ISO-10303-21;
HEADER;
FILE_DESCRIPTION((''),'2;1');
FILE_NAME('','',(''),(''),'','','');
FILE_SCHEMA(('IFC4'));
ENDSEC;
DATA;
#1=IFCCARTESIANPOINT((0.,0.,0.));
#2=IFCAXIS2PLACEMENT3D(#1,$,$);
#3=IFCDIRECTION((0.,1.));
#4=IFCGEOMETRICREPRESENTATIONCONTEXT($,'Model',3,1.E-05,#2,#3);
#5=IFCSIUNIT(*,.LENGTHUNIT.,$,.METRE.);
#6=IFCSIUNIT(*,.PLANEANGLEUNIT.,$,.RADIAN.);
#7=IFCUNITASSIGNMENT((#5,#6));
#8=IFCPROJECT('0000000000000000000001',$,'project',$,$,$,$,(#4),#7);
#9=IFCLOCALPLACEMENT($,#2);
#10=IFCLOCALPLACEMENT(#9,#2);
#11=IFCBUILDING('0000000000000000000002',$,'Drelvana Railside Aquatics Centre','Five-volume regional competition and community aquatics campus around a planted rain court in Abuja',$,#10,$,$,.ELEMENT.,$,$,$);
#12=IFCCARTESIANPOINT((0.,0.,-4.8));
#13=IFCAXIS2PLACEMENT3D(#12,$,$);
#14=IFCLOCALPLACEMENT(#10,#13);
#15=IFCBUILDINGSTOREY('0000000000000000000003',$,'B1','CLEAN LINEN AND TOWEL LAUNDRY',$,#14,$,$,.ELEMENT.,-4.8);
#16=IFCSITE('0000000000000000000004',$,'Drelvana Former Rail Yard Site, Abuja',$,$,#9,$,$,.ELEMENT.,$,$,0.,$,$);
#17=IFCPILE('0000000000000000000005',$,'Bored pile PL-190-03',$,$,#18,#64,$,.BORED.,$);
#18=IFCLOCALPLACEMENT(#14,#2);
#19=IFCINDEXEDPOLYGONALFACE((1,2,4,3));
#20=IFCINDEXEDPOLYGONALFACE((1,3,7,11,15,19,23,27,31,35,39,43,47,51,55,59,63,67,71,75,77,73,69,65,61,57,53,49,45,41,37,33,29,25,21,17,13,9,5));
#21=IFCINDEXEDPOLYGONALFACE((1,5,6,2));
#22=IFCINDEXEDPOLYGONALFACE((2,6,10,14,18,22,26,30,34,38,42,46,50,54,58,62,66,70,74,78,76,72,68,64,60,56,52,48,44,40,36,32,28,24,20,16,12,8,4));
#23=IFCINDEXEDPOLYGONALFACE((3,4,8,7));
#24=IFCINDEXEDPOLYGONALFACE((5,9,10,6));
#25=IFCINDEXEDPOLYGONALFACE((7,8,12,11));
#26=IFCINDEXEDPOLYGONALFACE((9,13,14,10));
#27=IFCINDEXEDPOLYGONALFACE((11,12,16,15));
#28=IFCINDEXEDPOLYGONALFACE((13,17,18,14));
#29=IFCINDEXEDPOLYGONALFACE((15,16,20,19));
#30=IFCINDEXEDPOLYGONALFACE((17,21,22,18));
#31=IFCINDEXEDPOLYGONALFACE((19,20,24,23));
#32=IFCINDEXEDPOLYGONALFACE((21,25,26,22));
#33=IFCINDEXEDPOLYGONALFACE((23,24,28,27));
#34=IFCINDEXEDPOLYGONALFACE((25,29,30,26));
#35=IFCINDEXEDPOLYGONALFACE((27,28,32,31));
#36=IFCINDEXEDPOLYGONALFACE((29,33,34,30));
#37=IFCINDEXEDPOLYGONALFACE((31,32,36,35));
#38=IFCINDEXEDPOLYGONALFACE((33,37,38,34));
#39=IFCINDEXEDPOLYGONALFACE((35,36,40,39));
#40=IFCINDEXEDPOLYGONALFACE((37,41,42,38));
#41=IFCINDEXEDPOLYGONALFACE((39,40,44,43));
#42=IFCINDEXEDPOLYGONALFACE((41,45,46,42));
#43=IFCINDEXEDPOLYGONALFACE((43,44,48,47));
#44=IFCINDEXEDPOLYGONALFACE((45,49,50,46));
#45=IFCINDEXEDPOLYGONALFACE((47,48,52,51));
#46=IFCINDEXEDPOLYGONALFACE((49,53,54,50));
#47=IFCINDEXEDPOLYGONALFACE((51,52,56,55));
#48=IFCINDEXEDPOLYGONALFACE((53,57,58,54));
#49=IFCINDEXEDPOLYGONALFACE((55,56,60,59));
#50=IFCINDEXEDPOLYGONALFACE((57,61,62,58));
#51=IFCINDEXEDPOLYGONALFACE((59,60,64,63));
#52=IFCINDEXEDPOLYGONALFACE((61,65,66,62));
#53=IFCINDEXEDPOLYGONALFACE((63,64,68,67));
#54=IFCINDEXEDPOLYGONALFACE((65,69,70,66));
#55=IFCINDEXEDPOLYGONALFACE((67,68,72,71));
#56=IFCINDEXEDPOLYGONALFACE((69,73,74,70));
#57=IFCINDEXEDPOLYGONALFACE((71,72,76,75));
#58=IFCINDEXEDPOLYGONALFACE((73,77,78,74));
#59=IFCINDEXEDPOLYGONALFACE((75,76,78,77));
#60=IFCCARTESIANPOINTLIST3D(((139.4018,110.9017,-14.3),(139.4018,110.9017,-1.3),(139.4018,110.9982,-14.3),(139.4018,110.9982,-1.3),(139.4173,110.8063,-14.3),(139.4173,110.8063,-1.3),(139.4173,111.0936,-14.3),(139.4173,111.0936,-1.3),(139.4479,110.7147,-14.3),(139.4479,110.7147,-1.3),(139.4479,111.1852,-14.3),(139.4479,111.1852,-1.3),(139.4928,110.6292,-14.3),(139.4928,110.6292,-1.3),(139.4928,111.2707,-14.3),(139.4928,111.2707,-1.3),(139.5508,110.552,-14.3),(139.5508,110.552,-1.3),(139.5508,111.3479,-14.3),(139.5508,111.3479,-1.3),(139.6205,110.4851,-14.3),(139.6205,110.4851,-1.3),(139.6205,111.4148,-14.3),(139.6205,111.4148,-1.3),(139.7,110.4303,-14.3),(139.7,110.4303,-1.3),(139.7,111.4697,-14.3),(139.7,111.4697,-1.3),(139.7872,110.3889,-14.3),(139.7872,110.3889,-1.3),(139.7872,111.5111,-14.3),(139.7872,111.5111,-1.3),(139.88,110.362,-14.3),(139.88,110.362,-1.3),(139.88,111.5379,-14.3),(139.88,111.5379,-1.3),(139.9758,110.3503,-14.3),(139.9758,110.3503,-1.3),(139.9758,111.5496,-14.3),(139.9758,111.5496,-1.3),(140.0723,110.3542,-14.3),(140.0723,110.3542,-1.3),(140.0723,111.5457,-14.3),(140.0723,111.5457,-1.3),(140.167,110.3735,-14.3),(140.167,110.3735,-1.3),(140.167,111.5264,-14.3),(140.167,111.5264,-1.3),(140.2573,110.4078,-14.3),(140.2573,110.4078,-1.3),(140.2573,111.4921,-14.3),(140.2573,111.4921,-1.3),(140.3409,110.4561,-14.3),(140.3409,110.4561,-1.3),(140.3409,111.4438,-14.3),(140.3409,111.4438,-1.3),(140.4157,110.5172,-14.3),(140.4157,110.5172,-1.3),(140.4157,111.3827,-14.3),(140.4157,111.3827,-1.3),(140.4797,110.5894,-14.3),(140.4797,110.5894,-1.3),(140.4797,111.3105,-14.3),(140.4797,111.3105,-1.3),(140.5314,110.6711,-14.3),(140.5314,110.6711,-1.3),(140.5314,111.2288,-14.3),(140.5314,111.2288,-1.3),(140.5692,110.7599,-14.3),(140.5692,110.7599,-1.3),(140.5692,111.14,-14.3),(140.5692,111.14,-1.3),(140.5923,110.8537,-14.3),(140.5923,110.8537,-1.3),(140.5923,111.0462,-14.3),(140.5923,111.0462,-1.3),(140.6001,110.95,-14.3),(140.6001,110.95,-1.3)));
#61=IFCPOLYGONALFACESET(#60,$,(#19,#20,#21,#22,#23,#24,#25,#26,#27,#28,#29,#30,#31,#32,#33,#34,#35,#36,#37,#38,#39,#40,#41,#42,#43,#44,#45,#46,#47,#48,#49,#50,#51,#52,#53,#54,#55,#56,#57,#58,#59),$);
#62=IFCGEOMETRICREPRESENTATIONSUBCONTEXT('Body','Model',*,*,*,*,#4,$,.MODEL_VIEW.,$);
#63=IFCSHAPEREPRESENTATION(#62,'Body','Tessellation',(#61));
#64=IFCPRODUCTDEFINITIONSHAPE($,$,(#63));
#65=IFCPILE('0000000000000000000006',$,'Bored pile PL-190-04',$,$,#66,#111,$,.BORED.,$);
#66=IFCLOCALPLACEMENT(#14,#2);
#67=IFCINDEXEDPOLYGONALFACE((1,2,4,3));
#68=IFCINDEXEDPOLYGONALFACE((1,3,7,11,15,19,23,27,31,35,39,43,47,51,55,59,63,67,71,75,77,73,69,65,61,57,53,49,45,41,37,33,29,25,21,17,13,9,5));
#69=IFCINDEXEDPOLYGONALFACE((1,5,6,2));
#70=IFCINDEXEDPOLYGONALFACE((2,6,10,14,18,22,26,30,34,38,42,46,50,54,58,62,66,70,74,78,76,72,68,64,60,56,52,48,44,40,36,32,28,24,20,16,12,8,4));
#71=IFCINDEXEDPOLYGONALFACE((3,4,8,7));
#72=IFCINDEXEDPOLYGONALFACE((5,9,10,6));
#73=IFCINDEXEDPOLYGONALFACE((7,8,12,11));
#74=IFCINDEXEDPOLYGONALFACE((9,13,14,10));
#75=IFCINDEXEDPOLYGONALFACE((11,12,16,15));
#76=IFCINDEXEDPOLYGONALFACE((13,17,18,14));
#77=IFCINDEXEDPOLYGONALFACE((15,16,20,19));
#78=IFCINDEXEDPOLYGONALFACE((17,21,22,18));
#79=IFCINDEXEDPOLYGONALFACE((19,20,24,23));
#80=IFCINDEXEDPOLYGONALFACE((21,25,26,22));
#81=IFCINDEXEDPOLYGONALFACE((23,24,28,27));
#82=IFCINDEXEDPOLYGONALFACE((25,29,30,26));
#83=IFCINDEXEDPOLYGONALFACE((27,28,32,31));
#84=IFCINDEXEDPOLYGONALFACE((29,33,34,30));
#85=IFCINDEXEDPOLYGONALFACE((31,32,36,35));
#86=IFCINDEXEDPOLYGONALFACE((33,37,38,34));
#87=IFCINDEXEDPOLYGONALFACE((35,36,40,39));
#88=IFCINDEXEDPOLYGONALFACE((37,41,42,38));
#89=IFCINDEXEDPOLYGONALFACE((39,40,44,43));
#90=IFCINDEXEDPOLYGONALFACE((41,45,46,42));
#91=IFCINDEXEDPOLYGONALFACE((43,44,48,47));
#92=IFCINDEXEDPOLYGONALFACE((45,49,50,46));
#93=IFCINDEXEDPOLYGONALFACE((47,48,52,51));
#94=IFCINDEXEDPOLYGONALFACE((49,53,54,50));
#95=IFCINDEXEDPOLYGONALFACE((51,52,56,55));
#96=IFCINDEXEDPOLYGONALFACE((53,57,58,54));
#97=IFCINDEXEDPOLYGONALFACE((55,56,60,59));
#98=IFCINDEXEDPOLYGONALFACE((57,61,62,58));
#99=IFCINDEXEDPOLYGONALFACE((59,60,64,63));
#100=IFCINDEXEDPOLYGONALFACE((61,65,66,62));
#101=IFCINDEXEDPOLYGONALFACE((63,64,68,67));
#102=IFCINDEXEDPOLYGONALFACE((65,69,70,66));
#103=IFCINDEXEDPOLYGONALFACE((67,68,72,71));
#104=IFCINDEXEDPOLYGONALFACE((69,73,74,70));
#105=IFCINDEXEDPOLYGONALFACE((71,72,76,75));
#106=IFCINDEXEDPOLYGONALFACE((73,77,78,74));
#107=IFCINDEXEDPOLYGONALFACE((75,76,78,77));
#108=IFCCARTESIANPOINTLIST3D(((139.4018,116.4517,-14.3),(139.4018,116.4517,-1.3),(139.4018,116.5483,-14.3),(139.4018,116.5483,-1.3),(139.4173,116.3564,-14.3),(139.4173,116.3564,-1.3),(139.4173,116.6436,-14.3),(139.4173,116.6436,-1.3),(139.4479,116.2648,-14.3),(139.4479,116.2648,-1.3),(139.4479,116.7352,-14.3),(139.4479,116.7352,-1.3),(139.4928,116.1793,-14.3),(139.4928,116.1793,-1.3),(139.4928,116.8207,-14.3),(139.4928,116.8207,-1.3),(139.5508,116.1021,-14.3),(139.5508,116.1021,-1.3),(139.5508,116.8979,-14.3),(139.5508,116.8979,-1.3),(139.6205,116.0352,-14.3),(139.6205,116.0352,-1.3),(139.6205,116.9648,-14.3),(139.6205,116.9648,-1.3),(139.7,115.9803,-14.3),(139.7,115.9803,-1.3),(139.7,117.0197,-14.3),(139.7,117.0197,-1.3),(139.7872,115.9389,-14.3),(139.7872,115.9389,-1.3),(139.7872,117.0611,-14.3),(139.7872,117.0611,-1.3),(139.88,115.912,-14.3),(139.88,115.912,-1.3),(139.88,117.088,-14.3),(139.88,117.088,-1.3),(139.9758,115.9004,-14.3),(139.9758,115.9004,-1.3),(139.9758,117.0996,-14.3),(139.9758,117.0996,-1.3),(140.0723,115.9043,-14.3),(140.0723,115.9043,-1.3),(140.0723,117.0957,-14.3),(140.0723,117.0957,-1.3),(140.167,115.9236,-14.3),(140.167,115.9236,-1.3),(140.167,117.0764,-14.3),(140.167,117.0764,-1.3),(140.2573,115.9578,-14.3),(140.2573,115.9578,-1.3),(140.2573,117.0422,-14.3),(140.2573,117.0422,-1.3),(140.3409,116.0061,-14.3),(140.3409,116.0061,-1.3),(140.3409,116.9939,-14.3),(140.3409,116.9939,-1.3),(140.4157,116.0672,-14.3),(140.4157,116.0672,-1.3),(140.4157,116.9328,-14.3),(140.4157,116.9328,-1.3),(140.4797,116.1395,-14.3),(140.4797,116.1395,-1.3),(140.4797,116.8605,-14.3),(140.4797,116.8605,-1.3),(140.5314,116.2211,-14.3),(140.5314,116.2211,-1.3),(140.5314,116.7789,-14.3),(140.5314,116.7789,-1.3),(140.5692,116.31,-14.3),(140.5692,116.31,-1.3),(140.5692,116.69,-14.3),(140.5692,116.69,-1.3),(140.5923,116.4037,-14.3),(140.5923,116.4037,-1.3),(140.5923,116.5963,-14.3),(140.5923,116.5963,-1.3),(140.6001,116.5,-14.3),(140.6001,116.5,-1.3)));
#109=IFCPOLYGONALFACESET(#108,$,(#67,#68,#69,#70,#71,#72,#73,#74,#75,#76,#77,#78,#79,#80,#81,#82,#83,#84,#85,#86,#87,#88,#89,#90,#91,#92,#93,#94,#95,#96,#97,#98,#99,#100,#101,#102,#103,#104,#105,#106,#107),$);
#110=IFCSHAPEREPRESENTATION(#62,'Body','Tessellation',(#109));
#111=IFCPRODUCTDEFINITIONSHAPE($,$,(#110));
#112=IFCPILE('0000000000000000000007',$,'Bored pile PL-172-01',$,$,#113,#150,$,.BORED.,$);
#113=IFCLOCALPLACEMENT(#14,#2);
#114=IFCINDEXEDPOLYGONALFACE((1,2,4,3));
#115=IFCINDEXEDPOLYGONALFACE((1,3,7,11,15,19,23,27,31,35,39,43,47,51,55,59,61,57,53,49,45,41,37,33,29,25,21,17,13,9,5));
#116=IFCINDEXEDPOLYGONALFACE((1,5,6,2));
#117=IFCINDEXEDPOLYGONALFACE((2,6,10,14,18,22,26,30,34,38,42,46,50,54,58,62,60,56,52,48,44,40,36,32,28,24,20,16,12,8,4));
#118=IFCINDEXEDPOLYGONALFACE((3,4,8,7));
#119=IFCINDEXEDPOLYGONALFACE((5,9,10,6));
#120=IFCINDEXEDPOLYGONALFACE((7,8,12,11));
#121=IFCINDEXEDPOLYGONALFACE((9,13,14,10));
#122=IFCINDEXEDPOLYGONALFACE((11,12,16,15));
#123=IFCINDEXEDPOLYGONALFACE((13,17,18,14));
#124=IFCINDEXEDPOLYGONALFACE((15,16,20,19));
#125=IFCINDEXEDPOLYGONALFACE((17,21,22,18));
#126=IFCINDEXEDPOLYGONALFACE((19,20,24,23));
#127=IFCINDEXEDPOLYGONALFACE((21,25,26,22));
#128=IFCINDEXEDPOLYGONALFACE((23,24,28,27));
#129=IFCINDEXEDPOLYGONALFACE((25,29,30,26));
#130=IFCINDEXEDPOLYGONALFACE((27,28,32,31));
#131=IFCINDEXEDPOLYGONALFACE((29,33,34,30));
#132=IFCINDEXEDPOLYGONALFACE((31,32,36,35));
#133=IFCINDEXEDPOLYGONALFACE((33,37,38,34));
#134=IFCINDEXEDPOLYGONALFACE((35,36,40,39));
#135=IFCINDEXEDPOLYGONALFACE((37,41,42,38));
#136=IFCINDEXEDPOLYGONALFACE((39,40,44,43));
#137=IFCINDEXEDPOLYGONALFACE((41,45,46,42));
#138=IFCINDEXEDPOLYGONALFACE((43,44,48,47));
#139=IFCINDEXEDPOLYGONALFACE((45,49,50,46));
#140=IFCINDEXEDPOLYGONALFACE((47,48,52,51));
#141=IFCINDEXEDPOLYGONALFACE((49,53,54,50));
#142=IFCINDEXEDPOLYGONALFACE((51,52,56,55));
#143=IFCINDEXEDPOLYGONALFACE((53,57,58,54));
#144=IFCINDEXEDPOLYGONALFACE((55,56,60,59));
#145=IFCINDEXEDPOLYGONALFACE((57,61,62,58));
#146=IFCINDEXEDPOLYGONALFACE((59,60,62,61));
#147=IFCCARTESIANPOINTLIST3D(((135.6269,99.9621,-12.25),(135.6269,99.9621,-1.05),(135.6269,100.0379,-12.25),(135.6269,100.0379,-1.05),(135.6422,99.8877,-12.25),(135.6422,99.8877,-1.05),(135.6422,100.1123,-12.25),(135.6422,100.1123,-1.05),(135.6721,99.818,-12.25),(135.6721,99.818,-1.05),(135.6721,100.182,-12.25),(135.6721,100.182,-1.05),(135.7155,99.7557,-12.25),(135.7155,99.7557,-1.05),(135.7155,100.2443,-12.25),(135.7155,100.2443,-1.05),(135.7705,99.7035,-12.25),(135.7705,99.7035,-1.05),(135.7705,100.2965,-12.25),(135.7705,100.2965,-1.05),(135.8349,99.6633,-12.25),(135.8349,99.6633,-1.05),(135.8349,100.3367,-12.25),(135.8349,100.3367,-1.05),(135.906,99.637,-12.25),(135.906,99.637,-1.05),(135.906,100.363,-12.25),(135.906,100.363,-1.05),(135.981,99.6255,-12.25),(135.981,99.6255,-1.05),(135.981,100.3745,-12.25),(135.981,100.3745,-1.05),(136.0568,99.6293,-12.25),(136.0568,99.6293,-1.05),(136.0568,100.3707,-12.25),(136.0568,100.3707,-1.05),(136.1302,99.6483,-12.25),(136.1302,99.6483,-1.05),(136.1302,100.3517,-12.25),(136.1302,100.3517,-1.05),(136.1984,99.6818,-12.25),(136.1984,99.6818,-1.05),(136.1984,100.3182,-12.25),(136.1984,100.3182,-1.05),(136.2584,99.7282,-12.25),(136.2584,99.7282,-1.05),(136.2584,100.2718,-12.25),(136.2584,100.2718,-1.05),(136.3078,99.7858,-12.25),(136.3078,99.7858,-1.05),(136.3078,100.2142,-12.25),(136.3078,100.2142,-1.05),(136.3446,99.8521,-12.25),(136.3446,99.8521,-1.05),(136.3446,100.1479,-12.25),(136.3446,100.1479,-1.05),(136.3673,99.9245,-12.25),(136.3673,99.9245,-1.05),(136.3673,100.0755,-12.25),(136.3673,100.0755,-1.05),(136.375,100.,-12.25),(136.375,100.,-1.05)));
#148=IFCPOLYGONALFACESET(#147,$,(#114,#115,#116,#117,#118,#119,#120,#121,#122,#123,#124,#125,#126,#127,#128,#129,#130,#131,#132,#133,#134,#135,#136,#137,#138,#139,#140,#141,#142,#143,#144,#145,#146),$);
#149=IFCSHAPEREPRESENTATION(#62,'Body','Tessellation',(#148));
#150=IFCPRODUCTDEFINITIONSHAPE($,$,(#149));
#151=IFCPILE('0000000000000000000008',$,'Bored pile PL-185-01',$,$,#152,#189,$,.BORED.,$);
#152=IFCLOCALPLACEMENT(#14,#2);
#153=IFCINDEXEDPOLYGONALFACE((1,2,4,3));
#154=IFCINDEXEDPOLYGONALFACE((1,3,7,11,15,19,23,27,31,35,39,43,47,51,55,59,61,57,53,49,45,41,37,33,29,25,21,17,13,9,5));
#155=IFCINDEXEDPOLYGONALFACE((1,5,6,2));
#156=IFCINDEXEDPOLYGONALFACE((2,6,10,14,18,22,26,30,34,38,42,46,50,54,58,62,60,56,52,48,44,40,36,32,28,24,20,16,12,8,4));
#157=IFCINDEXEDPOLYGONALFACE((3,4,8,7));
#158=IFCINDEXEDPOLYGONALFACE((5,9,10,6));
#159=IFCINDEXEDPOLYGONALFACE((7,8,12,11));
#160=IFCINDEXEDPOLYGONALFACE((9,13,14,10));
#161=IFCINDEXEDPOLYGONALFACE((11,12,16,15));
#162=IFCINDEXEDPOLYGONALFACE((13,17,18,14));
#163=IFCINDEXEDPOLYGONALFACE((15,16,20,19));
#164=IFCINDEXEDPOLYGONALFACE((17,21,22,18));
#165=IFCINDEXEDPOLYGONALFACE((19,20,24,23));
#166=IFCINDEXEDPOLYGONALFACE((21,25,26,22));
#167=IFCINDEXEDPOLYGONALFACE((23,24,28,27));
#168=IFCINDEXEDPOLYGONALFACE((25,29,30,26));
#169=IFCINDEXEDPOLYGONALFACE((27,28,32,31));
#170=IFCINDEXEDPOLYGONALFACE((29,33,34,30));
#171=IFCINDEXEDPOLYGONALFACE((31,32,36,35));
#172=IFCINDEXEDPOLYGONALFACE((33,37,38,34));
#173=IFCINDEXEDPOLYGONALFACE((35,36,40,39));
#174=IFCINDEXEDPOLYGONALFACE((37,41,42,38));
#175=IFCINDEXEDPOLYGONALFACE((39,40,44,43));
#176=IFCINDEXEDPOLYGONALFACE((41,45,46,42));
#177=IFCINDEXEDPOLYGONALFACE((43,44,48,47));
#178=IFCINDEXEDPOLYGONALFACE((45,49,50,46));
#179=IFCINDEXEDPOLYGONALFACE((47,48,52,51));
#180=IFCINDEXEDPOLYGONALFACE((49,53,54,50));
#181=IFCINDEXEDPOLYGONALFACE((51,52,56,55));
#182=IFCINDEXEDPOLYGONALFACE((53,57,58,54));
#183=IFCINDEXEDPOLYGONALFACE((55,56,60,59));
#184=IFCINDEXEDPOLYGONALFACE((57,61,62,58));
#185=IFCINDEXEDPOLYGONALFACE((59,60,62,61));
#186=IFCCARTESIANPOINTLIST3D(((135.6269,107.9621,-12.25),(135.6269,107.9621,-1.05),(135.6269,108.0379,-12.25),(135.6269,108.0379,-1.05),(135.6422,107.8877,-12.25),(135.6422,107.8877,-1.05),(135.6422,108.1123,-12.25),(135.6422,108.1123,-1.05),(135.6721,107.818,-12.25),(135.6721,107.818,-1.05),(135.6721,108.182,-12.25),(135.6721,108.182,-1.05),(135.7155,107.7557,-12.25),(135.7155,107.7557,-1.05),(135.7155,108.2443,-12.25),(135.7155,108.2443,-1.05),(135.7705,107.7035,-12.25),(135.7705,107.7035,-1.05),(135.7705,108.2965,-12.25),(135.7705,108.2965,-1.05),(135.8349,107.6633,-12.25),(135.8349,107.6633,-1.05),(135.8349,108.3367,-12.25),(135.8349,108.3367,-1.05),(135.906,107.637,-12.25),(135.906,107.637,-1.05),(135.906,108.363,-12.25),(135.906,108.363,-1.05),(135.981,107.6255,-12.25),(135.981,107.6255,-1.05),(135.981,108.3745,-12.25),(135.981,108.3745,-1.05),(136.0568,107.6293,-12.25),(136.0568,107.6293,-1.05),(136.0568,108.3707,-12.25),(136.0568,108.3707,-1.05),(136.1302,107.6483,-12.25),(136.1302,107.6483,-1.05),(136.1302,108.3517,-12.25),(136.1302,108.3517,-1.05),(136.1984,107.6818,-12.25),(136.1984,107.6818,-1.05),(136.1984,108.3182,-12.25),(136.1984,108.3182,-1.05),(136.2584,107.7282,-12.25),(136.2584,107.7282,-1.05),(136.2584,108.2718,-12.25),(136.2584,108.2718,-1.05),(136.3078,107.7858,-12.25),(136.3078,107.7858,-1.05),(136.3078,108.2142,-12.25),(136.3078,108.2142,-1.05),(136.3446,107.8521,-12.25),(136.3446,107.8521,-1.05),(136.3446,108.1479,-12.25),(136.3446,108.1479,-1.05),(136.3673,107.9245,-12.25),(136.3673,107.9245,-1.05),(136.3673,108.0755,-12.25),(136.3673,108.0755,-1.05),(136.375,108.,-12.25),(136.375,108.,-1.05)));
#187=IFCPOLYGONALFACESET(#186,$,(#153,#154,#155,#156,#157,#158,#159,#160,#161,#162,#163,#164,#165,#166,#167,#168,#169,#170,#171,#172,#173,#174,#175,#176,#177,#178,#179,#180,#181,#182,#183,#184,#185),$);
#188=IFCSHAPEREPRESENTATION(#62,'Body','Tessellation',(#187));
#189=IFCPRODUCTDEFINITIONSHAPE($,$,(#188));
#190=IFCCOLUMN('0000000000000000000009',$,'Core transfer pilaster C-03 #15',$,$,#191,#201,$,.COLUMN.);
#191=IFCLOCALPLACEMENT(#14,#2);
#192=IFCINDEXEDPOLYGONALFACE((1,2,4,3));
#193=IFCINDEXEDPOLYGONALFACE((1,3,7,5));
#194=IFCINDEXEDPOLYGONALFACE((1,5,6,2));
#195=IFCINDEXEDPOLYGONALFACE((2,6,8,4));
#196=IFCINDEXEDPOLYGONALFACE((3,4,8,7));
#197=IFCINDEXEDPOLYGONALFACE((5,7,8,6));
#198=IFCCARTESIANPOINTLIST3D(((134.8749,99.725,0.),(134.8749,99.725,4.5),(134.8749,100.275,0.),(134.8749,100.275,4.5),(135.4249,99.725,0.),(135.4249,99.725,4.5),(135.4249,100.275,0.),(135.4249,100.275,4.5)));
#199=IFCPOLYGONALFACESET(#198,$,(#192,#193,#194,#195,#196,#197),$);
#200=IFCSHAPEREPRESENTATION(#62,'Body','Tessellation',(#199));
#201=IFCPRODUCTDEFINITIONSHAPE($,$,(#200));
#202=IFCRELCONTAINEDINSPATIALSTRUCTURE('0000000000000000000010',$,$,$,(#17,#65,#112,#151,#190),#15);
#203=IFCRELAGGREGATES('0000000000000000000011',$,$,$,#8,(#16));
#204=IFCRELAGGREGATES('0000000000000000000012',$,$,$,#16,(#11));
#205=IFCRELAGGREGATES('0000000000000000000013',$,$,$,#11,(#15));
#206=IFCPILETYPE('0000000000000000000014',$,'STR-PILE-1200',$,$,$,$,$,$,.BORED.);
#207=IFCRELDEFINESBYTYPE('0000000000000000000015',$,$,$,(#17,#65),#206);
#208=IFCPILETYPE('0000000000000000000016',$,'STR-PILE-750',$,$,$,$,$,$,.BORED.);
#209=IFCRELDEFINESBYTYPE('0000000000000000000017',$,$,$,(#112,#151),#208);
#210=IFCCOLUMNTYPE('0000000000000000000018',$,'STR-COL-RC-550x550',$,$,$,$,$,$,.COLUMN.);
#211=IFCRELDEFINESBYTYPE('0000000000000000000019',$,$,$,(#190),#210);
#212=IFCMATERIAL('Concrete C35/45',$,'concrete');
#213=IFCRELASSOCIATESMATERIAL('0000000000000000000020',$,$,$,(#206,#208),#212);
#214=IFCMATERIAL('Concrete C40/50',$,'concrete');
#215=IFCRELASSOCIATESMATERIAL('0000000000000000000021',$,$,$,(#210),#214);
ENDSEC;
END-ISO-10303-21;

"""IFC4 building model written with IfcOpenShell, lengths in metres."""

from ifc_helpers import new_model, si_unit, direction, frame, origin, origin_2d, place, context, subcontext, project, spatial, rectangle, circle, extrude, material, material_profile, profile_set, type_object, element, save


model = new_model("IFC4")

# Units and contexts
model_context = context("Model", 3, precision=1e-05, world=origin(), true_north=direction((0.0, 1.0)))
body_context = subcontext(model_context, "Body", "Model", "MODEL_VIEW")
ifc_project = project(units=[si_unit("LENGTHUNIT", "METRE"), si_unit("PLANEANGLEUNIT", "RADIAN")], contexts=[model_context])

# Site, building, storey
site_placement = place(None, origin())
site = spatial("IfcSite", under=ifc_project, at=site_placement, Name="Drelvana Former Rail Yard Site, Abuja", CompositionType="ELEMENT", RefElevation=0.0)
building_placement = place(site_placement, origin())
building = spatial("IfcBuilding", under=site, at=building_placement, Name="Drelvana Railside Aquatics Centre", Description="Five-volume regional competition and community aquatics campus around a planted rain court in Abuja", CompositionType="ELEMENT")
storey_placement = place(building_placement, frame((0.0, 0.0, -4.8)))
storey = spatial("IfcBuildingStorey", under=building, at=storey_placement, Name="B1", Description="CLEAN LINEN AND TOWEL LAUNDRY", CompositionType="ELEMENT", Elevation=-4.8)

# Shared definitions
ifc_material_1 = material(Name="Concrete C35/45", Category="concrete")

# Piles
ifc_material_profile_1 = material_profile(ifc_material_1, circle(Radius=0.6001, at=origin_2d()), Name="PILE D1200")
ifc_profile_set_1 = profile_set([ifc_material_profile_1], Name="Concrete C35/45")
pile_type_1 = type_object("IfcPileType", Name="STR-PILE-1200", PredefinedType="BORED", material=ifc_profile_set_1)
for number, where, z_axis, x_axis, name in (
    (1, (140.0, 110.95, -1.3), (0.0, 0.0, -1.0), (1.0, 0.0, 0.0), "Bored pile PL-190-03"),
    (2, (140.0, 116.5, -1.3), (0.0, 0.0, -1.0), (1.0, 0.0, 0.0), "Bored pile PL-190-04"),
):
    element("IfcPile", number, at=place(storey_placement, frame(where, z_axis=z_axis, x_axis=x_axis)), inside=storey, type_object=pile_type_1, Name=name, PredefinedType="BORED", context=body_context, shape_type="SweptSolid", body=[
        extrude(circle(Radius=0.6001, at=origin_2d()), origin(), (0.0, 0.0, 1.0), 13.0),
    ])
ifc_material_profile_2 = material_profile(ifc_material_1, circle(Radius=0.375, at=origin_2d()), Name="PILE D750")
ifc_profile_set_2 = profile_set([ifc_material_profile_2], Name="Concrete C35/45")
pile_type_2 = type_object("IfcPileType", Name="STR-PILE-750", PredefinedType="BORED", material=ifc_profile_set_2)
for number, where, z_axis, x_axis, name in (
    (3, (136.0, 100.0, -1.05), (0.0, 0.0, -1.0), (1.0, 0.0, 0.0), "Bored pile PL-172-01"),
    (4, (136.0, 108.0, -1.05), (0.0, 0.0, -1.0), (1.0, 0.0, 0.0), "Bored pile PL-185-01"),
):
    element("IfcPile", number, at=place(storey_placement, frame(where, z_axis=z_axis, x_axis=x_axis)), inside=storey, type_object=pile_type_2, Name=name, PredefinedType="BORED", context=body_context, shape_type="SweptSolid", body=[
        extrude(circle(Radius=0.375, at=origin_2d()), origin(), (0.0, 0.0, 1.0), 11.2),
    ])

# Column
ifc_material_2 = material(Name="Concrete C40/50", Category="concrete")
ifc_material_profile_3 = material_profile(ifc_material_2, rectangle(XDim=0.55, YDim=0.55, at=origin_2d()), Name="RC 550x550")
ifc_profile_set_3 = profile_set([ifc_material_profile_3], Name="Concrete C40/50")
column_type_1 = type_object("IfcColumnType", Name="STR-COL-RC-550x550", PredefinedType="COLUMN", material=ifc_profile_set_3)
for number, where, z_axis, x_axis, name in (
    (5, (135.1499, 100.0, 0.0), (0.0, 0.0, 1.0), (1.0, 0.0, 0.0), "Core transfer pilaster C-03 #15"),
):
    element("IfcColumn", number, at=place(storey_placement, frame(where, z_axis=z_axis, x_axis=x_axis)), inside=storey, type_object=column_type_1, Name=name, PredefinedType="COLUMN", context=body_context, shape_type="SweptSolid", body=[
        extrude(rectangle(XDim=0.55, YDim=0.55, at=origin_2d()), origin(), (0.0, 0.0, 1.0), 4.5),
    ])

save(model, "model.ifc")
